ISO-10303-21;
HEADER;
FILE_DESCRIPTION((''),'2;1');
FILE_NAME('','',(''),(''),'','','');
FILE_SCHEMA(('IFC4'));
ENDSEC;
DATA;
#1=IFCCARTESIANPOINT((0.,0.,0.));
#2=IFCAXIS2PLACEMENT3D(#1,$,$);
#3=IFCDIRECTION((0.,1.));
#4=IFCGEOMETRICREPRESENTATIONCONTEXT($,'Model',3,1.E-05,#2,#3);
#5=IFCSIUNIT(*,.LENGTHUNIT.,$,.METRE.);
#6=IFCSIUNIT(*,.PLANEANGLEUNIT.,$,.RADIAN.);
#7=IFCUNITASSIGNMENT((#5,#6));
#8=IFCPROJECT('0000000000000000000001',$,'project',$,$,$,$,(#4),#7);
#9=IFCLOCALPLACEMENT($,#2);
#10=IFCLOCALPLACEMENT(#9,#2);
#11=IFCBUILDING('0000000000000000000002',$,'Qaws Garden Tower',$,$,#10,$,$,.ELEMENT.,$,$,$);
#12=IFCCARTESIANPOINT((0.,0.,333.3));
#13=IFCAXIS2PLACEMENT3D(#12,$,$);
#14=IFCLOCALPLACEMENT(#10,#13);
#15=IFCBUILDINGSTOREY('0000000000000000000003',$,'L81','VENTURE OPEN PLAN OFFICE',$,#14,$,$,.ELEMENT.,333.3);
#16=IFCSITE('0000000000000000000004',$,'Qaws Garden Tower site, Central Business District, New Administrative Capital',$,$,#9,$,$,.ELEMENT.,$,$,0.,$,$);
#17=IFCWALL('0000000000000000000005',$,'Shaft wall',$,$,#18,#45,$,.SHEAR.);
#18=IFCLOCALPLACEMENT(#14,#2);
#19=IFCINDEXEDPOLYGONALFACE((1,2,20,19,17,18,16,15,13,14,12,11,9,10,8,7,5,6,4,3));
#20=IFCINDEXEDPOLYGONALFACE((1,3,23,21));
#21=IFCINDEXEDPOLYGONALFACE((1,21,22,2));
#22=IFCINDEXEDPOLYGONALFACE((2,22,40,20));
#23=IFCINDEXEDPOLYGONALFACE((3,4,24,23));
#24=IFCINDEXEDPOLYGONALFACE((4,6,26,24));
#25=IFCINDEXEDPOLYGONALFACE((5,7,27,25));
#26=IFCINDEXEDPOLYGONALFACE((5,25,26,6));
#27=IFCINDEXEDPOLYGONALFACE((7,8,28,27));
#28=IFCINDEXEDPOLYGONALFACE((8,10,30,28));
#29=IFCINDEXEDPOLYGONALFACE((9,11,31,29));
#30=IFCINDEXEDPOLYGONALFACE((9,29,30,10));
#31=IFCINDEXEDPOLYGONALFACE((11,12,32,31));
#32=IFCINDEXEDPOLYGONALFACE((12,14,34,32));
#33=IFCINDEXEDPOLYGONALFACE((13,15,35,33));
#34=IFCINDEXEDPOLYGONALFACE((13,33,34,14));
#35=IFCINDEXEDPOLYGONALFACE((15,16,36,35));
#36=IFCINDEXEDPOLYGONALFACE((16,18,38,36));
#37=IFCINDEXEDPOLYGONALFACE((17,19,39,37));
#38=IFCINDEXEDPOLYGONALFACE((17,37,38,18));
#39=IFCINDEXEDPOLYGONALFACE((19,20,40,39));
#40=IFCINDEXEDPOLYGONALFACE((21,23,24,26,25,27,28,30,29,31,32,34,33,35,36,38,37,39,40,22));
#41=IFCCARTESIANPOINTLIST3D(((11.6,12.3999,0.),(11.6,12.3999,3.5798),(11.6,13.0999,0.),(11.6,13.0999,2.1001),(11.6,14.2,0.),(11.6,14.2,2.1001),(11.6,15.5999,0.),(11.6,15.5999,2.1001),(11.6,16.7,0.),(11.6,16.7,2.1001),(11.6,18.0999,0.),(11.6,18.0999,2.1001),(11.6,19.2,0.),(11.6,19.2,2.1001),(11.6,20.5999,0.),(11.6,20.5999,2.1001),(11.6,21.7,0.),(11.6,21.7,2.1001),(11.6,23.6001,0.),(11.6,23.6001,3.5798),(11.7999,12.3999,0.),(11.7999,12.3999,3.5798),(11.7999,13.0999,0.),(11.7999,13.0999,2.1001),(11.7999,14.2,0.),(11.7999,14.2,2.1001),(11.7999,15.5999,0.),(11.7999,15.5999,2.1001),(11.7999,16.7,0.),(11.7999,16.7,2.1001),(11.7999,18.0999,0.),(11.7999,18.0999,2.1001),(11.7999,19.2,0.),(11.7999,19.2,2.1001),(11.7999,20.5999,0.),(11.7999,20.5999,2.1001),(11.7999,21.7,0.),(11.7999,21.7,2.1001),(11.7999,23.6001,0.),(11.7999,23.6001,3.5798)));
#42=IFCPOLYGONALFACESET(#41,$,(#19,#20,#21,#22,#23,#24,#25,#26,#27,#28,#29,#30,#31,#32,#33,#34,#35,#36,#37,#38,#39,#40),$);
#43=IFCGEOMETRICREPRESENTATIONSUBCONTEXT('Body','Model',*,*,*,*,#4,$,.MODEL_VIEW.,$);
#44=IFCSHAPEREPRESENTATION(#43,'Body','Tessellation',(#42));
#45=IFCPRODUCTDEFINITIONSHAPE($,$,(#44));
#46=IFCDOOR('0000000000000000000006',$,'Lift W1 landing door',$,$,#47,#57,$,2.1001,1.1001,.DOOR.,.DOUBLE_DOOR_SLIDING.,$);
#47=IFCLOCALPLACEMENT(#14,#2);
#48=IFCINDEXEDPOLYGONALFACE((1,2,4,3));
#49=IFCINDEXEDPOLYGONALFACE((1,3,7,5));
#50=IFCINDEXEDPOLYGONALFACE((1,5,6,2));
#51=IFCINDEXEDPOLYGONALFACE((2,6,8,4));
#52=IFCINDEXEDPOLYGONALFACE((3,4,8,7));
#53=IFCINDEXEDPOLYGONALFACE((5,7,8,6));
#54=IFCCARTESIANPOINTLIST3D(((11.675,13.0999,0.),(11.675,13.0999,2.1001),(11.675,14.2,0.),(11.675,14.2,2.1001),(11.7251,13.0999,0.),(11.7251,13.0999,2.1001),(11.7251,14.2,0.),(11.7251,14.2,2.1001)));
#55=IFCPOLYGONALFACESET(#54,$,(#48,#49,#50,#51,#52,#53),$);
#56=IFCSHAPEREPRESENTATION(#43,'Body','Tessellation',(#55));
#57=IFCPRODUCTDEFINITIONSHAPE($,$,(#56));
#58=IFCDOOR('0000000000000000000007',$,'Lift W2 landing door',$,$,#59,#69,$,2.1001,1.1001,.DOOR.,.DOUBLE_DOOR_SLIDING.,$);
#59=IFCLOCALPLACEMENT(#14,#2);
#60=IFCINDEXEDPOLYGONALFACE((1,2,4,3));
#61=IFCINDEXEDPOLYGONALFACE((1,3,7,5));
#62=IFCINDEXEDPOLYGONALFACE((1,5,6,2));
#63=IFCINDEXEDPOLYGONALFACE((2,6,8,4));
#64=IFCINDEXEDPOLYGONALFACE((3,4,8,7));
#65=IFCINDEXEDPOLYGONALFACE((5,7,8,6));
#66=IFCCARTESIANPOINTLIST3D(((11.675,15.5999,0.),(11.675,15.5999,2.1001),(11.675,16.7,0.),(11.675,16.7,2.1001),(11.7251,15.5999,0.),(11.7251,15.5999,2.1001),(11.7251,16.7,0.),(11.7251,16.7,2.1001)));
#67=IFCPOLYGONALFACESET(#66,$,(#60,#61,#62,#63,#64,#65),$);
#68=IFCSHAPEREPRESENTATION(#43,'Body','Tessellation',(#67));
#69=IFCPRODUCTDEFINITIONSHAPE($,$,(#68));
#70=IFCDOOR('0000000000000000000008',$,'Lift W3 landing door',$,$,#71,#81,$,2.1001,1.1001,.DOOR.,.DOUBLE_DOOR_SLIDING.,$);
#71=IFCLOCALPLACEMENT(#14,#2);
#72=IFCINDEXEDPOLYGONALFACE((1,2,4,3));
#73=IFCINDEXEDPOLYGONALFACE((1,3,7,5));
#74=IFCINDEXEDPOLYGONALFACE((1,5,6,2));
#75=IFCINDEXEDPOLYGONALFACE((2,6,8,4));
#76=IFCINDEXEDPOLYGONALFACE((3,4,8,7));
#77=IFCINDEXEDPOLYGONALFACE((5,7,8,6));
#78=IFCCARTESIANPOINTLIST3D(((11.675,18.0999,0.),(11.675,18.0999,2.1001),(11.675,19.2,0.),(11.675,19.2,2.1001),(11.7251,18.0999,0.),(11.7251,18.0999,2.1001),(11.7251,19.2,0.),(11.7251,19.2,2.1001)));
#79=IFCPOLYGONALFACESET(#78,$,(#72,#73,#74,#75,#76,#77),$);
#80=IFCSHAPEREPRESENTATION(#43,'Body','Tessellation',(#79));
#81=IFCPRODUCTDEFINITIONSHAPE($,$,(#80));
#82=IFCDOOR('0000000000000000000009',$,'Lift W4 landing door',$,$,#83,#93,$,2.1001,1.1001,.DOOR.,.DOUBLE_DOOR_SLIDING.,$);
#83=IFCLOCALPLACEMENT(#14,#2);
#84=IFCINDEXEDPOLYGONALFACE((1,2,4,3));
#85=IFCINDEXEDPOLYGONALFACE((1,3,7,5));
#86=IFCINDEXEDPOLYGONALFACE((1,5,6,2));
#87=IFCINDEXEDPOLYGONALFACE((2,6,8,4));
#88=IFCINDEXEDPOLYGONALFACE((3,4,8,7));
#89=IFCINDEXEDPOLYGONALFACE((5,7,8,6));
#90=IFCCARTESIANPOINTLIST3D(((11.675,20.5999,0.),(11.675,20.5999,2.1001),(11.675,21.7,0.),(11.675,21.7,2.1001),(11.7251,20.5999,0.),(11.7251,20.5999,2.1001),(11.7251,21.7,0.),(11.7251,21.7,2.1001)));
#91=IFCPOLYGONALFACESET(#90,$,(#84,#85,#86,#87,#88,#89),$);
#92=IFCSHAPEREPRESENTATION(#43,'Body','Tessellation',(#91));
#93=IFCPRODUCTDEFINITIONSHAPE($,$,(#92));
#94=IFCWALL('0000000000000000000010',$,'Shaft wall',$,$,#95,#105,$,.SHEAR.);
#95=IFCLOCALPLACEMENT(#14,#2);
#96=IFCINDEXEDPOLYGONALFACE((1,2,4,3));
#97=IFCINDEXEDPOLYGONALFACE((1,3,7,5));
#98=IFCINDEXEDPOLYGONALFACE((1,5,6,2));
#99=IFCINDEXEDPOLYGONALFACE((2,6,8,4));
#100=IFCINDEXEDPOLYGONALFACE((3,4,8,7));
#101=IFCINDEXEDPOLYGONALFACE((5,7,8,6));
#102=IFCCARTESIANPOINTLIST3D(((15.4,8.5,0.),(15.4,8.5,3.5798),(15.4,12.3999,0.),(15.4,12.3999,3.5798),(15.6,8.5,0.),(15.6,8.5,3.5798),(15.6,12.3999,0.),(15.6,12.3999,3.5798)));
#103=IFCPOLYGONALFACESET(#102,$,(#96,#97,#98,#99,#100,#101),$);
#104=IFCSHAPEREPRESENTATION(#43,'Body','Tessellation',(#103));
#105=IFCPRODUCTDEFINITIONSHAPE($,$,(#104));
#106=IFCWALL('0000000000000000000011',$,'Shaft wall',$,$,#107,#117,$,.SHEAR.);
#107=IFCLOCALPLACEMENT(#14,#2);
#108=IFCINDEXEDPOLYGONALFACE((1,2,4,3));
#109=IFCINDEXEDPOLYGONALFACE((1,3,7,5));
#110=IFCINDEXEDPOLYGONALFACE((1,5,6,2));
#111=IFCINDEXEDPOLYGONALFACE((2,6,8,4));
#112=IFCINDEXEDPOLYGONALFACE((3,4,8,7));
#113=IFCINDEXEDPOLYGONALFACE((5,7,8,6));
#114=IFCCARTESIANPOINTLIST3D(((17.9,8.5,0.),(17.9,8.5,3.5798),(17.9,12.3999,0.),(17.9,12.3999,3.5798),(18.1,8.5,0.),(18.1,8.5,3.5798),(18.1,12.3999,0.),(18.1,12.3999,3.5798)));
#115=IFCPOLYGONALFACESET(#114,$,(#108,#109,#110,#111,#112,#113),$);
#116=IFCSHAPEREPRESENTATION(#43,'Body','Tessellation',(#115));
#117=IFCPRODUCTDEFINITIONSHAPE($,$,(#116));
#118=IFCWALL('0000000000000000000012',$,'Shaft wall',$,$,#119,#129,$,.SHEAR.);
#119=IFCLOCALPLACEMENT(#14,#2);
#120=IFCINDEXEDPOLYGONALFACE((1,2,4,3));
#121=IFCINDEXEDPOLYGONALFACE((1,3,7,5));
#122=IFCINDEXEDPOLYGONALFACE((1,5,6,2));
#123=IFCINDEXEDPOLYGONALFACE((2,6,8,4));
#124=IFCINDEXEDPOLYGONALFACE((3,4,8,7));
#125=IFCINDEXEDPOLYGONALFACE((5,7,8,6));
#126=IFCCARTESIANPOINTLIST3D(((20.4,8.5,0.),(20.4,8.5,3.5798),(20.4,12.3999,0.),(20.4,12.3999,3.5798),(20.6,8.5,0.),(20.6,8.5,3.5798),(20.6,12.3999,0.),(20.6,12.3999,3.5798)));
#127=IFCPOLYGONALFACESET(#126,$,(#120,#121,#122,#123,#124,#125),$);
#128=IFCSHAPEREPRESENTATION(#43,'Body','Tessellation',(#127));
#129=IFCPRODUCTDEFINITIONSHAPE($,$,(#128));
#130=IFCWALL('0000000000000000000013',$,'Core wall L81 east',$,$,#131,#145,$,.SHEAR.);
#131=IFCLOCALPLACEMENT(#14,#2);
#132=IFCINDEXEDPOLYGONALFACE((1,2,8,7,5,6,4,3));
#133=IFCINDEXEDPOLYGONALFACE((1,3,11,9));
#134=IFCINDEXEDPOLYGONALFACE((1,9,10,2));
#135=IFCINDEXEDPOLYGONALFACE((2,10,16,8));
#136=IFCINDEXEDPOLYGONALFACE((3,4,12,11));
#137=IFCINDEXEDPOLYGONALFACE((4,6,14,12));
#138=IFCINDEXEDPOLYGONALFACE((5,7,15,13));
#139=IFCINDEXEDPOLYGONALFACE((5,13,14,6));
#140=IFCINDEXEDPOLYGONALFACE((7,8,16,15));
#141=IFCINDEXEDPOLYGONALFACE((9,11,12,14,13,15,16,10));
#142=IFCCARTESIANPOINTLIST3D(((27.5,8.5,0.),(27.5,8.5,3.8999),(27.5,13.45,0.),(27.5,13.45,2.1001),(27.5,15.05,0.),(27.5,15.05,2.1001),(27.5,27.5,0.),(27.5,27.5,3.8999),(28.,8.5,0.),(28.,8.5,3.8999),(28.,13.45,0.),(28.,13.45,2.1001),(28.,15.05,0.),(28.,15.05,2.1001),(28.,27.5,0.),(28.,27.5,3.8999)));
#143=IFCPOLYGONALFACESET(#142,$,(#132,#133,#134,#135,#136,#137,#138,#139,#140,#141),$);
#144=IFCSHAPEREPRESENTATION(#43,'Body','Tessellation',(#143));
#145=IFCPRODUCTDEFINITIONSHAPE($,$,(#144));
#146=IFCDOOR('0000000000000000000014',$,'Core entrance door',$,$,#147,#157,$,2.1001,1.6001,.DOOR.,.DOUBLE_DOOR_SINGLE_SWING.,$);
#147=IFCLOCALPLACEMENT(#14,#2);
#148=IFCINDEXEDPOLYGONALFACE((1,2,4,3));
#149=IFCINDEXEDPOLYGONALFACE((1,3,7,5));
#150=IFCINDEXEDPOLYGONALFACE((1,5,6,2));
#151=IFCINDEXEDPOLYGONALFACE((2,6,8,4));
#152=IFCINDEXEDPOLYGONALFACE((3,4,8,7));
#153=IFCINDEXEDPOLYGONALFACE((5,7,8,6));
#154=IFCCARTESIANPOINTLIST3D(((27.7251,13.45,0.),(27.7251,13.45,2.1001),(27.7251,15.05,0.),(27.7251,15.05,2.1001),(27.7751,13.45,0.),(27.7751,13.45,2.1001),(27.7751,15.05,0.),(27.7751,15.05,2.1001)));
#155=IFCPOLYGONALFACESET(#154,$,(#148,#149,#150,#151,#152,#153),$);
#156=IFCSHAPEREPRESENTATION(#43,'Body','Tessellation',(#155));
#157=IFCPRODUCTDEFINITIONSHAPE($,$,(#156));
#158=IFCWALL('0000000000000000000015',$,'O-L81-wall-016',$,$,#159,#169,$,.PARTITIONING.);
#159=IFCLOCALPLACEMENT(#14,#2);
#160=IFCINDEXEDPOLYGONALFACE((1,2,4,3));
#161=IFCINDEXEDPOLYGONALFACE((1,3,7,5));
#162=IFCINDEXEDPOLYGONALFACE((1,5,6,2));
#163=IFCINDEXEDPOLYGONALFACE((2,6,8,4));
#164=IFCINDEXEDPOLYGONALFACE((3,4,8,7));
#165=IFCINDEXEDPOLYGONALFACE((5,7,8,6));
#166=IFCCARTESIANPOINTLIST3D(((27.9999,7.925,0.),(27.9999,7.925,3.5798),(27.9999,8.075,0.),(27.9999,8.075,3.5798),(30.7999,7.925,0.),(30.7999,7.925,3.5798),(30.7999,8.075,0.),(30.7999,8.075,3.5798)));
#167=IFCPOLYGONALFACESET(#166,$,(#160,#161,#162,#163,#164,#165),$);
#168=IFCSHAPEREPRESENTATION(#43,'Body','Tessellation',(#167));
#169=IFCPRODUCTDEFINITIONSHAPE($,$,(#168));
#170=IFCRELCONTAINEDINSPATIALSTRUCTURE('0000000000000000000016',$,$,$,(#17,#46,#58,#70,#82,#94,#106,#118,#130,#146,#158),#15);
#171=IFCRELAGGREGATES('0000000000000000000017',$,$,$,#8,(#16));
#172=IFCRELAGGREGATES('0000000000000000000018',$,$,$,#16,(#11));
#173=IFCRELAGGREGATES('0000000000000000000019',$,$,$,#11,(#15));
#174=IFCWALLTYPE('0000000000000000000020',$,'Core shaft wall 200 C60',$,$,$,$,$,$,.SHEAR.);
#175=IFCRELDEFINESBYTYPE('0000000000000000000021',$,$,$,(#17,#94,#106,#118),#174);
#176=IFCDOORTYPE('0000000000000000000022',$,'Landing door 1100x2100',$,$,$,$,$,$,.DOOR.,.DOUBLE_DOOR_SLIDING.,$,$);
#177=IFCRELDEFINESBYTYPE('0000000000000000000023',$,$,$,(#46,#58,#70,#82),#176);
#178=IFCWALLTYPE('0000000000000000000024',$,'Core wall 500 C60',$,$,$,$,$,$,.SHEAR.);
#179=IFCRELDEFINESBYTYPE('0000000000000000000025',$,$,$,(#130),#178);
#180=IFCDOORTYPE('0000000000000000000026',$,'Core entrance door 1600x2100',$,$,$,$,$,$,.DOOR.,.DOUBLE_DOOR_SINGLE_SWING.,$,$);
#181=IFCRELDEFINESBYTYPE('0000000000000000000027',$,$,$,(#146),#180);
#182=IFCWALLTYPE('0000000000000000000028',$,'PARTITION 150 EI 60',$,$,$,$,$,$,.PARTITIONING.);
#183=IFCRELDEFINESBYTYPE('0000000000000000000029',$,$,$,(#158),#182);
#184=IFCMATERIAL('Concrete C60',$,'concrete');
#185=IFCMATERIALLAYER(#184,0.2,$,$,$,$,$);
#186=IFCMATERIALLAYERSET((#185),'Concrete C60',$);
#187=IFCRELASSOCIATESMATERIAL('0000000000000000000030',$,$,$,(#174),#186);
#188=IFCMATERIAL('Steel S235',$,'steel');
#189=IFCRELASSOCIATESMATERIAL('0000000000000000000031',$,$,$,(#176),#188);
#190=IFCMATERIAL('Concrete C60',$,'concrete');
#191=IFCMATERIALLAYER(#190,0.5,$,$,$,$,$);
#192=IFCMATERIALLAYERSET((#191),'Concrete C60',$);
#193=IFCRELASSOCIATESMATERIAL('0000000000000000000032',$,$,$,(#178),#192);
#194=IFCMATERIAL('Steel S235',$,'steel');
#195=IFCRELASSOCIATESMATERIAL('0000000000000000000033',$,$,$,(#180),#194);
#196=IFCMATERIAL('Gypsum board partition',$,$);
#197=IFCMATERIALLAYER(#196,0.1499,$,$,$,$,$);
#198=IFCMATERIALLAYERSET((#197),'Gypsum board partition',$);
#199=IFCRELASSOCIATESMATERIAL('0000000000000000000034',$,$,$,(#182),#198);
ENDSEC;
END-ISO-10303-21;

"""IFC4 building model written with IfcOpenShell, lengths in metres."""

from ifc_helpers import new_model, si_unit, direction, frame, frame_2d, origin, place, context, subcontext, project, spatial, rectangle, extrude, material, layer, layer_set, type_object, element, fill, save


model = new_model("IFC4")

# Units and contexts
model_context = context("Model", 3, precision=1e-05, world=origin(), true_north=direction((0.0, 1.0)))
body_context = subcontext(model_context, "Body", "Model", "MODEL_VIEW")
ifc_project = project(units=[si_unit("LENGTHUNIT", "METRE"), si_unit("PLANEANGLEUNIT", "RADIAN")], contexts=[model_context])

# Site, building, storey
site_placement = place(None, origin())
site = spatial("IfcSite", under=ifc_project, at=site_placement, Name="Qaws Garden Tower site, Central Business District, New Administrative Capital", CompositionType="ELEMENT", RefElevation=0.0)
building_placement = place(site_placement, origin())
building = spatial("IfcBuilding", under=site, at=building_placement, Name="Qaws Garden Tower", CompositionType="ELEMENT")
storey_placement = place(building_placement, frame((0.0, 0.0, 333.3)))
storey = spatial("IfcBuildingStorey", under=building, at=storey_placement, Name="L81", Description="VENTURE OPEN PLAN OFFICE", CompositionType="ELEMENT", Elevation=333.3)

# Wall, openings, doors
ifc_material_1 = material(Name="Concrete C60", Category="concrete")
ifc_layer_1 = layer(ifc_material_1, 0.2)
ifc_layer_set_1 = layer_set([ifc_layer_1], Name="Concrete C60")
wall_type_1 = type_object("IfcWallType", Name="Core shaft wall 200 C60", PredefinedType="SHEAR", material=ifc_layer_set_1)
wall_1_placement = place(storey_placement, frame((11.7, 12.3999, 0.0), z_axis=(0.0, 0.0, 1.0), x_axis=(0.0, 1.0, 0.0)))
wall_1 = element("IfcWall", 1, at=wall_1_placement, inside=storey, type_object=wall_type_1, Name="Shaft wall", PredefinedType="SHEAR", context=body_context, shape_type="SweptSolid", body=[
    extrude(rectangle(XDim=11.2002, YDim=0.2, at=frame_2d((5.6001, 0.0))), origin(), (0.0, 0.0, 1.0), 3.5798),
])
opening_1_placement = place(wall_1_placement, frame((0.7, 0.0, 0.0)))
opening_1 = element("IfcOpeningElement", 2, at=opening_1_placement, cuts=wall_1, PredefinedType="OPENING", context=body_context, shape_type="SweptSolid", body=[
    extrude(rectangle(XDim=1.1001, YDim=2.1001, at=frame_2d((0.55, 1.05))), frame((0.0, 0.1099, 0.0), z_axis=(0.0, -1.0, 0.0), x_axis=(1.0, 0.0, 0.0)), (0.0, 0.0, 1.0), 0.22),
])
opening_2_placement = place(wall_1_placement, frame((3.2, 0.0, 0.0)))
opening_2 = element("IfcOpeningElement", 3, at=opening_2_placement, cuts=wall_1, PredefinedType="OPENING", context=body_context, shape_type="SweptSolid", body=[
    extrude(rectangle(XDim=1.1001, YDim=2.1001, at=frame_2d((0.55, 1.05))), frame((0.0, 0.1099, 0.0), z_axis=(0.0, -1.0, 0.0), x_axis=(1.0, 0.0, 0.0)), (0.0, 0.0, 1.0), 0.22),
])
opening_3_placement = place(wall_1_placement, frame((5.7, 0.0, 0.0)))
opening_3 = element("IfcOpeningElement", 4, at=opening_3_placement, cuts=wall_1, PredefinedType="OPENING", context=body_context, shape_type="SweptSolid", body=[
    extrude(rectangle(XDim=1.1001, YDim=2.1001, at=frame_2d((0.55, 1.05))), frame((0.0, 0.1099, 0.0), z_axis=(0.0, -1.0, 0.0), x_axis=(1.0, 0.0, 0.0)), (0.0, 0.0, 1.0), 0.22),
])
opening_4_placement = place(wall_1_placement, frame((8.2, 0.0, 0.0)))
opening_4 = element("IfcOpeningElement", 5, at=opening_4_placement, cuts=wall_1, PredefinedType="OPENING", context=body_context, shape_type="SweptSolid", body=[
    extrude(rectangle(XDim=1.1001, YDim=2.1001, at=frame_2d((0.55, 1.05))), frame((0.0, 0.1099, 0.0), z_axis=(0.0, -1.0, 0.0), x_axis=(1.0, 0.0, 0.0)), (0.0, 0.0, 1.0), 0.22),
])
ifc_material_2 = material(Name="Steel S235", Category="steel")
door_type_1 = type_object("IfcDoorType", Name="Landing door 1100x2100", OperationType="DOUBLE_DOOR_SLIDING", PredefinedType="DOOR", material=ifc_material_2)
door_1_placement = place(opening_1_placement, origin())
door_1 = element("IfcDoor", 6, at=door_1_placement, inside=storey, type_object=door_type_1, Name="Lift W1 landing door", OperationType="DOUBLE_DOOR_SLIDING", OverallHeight=2.1001, OverallWidth=1.1001, PredefinedType="DOOR", context=body_context, shape_type="SweptSolid", body=[
    extrude(rectangle(XDim=1.1001, YDim=2.1001, at=frame_2d((0.55, 1.05))), frame((0.0, 0.0249, 0.0), z_axis=(0.0, -1.0, 0.0), x_axis=(1.0, 0.0, 0.0)), (0.0, 0.0, 1.0), 0.05),
])
fill(opening_1, door_1)
door_2_placement = place(opening_2_placement, origin())
door_2 = element("IfcDoor", 7, at=door_2_placement, inside=storey, type_object=door_type_1, Name="Lift W2 landing door", OperationType="DOUBLE_DOOR_SLIDING", OverallHeight=2.1001, OverallWidth=1.1001, PredefinedType="DOOR", context=body_context, shape_type="SweptSolid", body=[
    extrude(rectangle(XDim=1.1001, YDim=2.1001, at=frame_2d((0.55, 1.05))), frame((0.0, 0.0249, 0.0), z_axis=(0.0, -1.0, 0.0), x_axis=(1.0, 0.0, 0.0)), (0.0, 0.0, 1.0), 0.05),
])
fill(opening_2, door_2)
door_3_placement = place(opening_3_placement, origin())
door_3 = element("IfcDoor", 8, at=door_3_placement, inside=storey, type_object=door_type_1, Name="Lift W3 landing door", OperationType="DOUBLE_DOOR_SLIDING", OverallHeight=2.1001, OverallWidth=1.1001, PredefinedType="DOOR", context=body_context, shape_type="SweptSolid", body=[
    extrude(rectangle(XDim=1.1001, YDim=2.1001, at=frame_2d((0.55, 1.05))), frame((0.0, 0.0249, 0.0), z_axis=(0.0, -1.0, 0.0), x_axis=(1.0, 0.0, 0.0)), (0.0, 0.0, 1.0), 0.05),
])
fill(opening_3, door_3)
door_4_placement = place(opening_4_placement, origin())
door_4 = element("IfcDoor", 9, at=door_4_placement, inside=storey, type_object=door_type_1, Name="Lift W4 landing door", OperationType="DOUBLE_DOOR_SLIDING", OverallHeight=2.1001, OverallWidth=1.1001, PredefinedType="DOOR", context=body_context, shape_type="SweptSolid", body=[
    extrude(rectangle(XDim=1.1001, YDim=2.1001, at=frame_2d((0.55, 1.05))), frame((0.0, 0.0249, 0.0), z_axis=(0.0, -1.0, 0.0), x_axis=(1.0, 0.0, 0.0)), (0.0, 0.0, 1.0), 0.05),
])
fill(opening_4, door_4)

# Walls
for number, where, z_axis, x_axis, name in (
    (10, (15.5, 8.5, 0.0), (0.0, 0.0, 1.0), (0.0, 1.0, 0.0), "Shaft wall"),
    (11, (18.0, 8.5, 0.0), (0.0, 0.0, 1.0), (0.0, 1.0, 0.0), "Shaft wall"),
    (12, (20.5, 8.5, 0.0), (0.0, 0.0, 1.0), (0.0, 1.0, 0.0), "Shaft wall"),
):
    element("IfcWall", number, at=place(storey_placement, frame(where, z_axis=z_axis, x_axis=x_axis)), inside=storey, type_object=wall_type_1, Name=name, PredefinedType="SHEAR", context=body_context, shape_type="SweptSolid", body=[
        extrude(rectangle(XDim=3.8999, YDim=0.2, at=frame_2d((1.95, 0.0))), origin(), (0.0, 0.0, 1.0), 3.5798),
    ])

# Wall, opening, door
ifc_material_3 = material(Name="Concrete C60", Category="concrete")
ifc_layer_2 = layer(ifc_material_3, 0.5)
ifc_layer_set_2 = layer_set([ifc_layer_2], Name="Concrete C60")
wall_type_2 = type_object("IfcWallType", Name="Core wall 500 C60", PredefinedType="SHEAR", material=ifc_layer_set_2)
wall_2_placement = place(storey_placement, frame((27.75, 8.5, 0.0), z_axis=(0.0, 0.0, 1.0), x_axis=(0.0, 1.0, 0.0)))
wall_2 = element("IfcWall", 13, at=wall_2_placement, inside=storey, type_object=wall_type_2, Name="Core wall L81 east", PredefinedType="SHEAR", context=body_context, shape_type="SweptSolid", body=[
    extrude(rectangle(XDim=19.0, YDim=0.5, at=frame_2d((9.5, 0.0))), origin(), (0.0, 0.0, 1.0), 3.8999),
])
opening_5_placement = place(wall_2_placement, frame((4.95, 0.0, 0.0)))
opening_5 = element("IfcOpeningElement", 14, at=opening_5_placement, cuts=wall_2, PredefinedType="OPENING", context=body_context, shape_type="SweptSolid", body=[
    extrude(rectangle(XDim=1.6001, YDim=2.1001, at=frame_2d((0.8, 1.05))), frame((0.0, 0.26, 0.0), z_axis=(0.0, -1.0, 0.0), x_axis=(1.0, 0.0, 0.0)), (0.0, 0.0, 1.0), 0.52),
])
ifc_material_4 = material(Name="Steel S235", Category="steel")
door_type_2 = type_object("IfcDoorType", Name="Core entrance door 1600x2100", OperationType="DOUBLE_DOOR_SINGLE_SWING", PredefinedType="DOOR", material=ifc_material_4)
door_5_placement = place(opening_5_placement, origin())
door_5 = element("IfcDoor", 15, at=door_5_placement, inside=storey, type_object=door_type_2, Name="Core entrance door", OperationType="DOUBLE_DOOR_SINGLE_SWING", OverallHeight=2.1001, OverallWidth=1.6001, PredefinedType="DOOR", context=body_context, shape_type="SweptSolid", body=[
    extrude(rectangle(XDim=1.6001, YDim=2.1001, at=frame_2d((0.8, 1.05))), frame((0.0, 0.0249, 0.0), z_axis=(0.0, -1.0, 0.0), x_axis=(1.0, 0.0, 0.0)), (0.0, 0.0, 1.0), 0.05),
])
fill(opening_5, door_5)

# Wall
ifc_material_5 = material(Name="Gypsum board partition")
ifc_layer_3 = layer(ifc_material_5, 0.1499)
ifc_layer_set_3 = layer_set([ifc_layer_3], Name="Gypsum board partition")
wall_type_3 = type_object("IfcWallType", Name="PARTITION 150 EI 60", PredefinedType="PARTITIONING", material=ifc_layer_set_3)
wall_3_placement = place(storey_placement, frame((28.0, 8.0, 0.0), z_axis=(0.0, 0.0, 1.0), x_axis=(1.0, 0.0, 0.0)))
element("IfcWall", 16, at=wall_3_placement, inside=storey, type_object=wall_type_3, Name="O-L81-wall-016", PredefinedType="PARTITIONING", context=body_context, shape_type="SweptSolid", body=[
    extrude(rectangle(XDim=2.8, YDim=0.1499, at=frame_2d((1.3999, 0.0))), origin(), (0.0, 0.0, 1.0), 3.5798),
])

save(model, "model.ifc")
